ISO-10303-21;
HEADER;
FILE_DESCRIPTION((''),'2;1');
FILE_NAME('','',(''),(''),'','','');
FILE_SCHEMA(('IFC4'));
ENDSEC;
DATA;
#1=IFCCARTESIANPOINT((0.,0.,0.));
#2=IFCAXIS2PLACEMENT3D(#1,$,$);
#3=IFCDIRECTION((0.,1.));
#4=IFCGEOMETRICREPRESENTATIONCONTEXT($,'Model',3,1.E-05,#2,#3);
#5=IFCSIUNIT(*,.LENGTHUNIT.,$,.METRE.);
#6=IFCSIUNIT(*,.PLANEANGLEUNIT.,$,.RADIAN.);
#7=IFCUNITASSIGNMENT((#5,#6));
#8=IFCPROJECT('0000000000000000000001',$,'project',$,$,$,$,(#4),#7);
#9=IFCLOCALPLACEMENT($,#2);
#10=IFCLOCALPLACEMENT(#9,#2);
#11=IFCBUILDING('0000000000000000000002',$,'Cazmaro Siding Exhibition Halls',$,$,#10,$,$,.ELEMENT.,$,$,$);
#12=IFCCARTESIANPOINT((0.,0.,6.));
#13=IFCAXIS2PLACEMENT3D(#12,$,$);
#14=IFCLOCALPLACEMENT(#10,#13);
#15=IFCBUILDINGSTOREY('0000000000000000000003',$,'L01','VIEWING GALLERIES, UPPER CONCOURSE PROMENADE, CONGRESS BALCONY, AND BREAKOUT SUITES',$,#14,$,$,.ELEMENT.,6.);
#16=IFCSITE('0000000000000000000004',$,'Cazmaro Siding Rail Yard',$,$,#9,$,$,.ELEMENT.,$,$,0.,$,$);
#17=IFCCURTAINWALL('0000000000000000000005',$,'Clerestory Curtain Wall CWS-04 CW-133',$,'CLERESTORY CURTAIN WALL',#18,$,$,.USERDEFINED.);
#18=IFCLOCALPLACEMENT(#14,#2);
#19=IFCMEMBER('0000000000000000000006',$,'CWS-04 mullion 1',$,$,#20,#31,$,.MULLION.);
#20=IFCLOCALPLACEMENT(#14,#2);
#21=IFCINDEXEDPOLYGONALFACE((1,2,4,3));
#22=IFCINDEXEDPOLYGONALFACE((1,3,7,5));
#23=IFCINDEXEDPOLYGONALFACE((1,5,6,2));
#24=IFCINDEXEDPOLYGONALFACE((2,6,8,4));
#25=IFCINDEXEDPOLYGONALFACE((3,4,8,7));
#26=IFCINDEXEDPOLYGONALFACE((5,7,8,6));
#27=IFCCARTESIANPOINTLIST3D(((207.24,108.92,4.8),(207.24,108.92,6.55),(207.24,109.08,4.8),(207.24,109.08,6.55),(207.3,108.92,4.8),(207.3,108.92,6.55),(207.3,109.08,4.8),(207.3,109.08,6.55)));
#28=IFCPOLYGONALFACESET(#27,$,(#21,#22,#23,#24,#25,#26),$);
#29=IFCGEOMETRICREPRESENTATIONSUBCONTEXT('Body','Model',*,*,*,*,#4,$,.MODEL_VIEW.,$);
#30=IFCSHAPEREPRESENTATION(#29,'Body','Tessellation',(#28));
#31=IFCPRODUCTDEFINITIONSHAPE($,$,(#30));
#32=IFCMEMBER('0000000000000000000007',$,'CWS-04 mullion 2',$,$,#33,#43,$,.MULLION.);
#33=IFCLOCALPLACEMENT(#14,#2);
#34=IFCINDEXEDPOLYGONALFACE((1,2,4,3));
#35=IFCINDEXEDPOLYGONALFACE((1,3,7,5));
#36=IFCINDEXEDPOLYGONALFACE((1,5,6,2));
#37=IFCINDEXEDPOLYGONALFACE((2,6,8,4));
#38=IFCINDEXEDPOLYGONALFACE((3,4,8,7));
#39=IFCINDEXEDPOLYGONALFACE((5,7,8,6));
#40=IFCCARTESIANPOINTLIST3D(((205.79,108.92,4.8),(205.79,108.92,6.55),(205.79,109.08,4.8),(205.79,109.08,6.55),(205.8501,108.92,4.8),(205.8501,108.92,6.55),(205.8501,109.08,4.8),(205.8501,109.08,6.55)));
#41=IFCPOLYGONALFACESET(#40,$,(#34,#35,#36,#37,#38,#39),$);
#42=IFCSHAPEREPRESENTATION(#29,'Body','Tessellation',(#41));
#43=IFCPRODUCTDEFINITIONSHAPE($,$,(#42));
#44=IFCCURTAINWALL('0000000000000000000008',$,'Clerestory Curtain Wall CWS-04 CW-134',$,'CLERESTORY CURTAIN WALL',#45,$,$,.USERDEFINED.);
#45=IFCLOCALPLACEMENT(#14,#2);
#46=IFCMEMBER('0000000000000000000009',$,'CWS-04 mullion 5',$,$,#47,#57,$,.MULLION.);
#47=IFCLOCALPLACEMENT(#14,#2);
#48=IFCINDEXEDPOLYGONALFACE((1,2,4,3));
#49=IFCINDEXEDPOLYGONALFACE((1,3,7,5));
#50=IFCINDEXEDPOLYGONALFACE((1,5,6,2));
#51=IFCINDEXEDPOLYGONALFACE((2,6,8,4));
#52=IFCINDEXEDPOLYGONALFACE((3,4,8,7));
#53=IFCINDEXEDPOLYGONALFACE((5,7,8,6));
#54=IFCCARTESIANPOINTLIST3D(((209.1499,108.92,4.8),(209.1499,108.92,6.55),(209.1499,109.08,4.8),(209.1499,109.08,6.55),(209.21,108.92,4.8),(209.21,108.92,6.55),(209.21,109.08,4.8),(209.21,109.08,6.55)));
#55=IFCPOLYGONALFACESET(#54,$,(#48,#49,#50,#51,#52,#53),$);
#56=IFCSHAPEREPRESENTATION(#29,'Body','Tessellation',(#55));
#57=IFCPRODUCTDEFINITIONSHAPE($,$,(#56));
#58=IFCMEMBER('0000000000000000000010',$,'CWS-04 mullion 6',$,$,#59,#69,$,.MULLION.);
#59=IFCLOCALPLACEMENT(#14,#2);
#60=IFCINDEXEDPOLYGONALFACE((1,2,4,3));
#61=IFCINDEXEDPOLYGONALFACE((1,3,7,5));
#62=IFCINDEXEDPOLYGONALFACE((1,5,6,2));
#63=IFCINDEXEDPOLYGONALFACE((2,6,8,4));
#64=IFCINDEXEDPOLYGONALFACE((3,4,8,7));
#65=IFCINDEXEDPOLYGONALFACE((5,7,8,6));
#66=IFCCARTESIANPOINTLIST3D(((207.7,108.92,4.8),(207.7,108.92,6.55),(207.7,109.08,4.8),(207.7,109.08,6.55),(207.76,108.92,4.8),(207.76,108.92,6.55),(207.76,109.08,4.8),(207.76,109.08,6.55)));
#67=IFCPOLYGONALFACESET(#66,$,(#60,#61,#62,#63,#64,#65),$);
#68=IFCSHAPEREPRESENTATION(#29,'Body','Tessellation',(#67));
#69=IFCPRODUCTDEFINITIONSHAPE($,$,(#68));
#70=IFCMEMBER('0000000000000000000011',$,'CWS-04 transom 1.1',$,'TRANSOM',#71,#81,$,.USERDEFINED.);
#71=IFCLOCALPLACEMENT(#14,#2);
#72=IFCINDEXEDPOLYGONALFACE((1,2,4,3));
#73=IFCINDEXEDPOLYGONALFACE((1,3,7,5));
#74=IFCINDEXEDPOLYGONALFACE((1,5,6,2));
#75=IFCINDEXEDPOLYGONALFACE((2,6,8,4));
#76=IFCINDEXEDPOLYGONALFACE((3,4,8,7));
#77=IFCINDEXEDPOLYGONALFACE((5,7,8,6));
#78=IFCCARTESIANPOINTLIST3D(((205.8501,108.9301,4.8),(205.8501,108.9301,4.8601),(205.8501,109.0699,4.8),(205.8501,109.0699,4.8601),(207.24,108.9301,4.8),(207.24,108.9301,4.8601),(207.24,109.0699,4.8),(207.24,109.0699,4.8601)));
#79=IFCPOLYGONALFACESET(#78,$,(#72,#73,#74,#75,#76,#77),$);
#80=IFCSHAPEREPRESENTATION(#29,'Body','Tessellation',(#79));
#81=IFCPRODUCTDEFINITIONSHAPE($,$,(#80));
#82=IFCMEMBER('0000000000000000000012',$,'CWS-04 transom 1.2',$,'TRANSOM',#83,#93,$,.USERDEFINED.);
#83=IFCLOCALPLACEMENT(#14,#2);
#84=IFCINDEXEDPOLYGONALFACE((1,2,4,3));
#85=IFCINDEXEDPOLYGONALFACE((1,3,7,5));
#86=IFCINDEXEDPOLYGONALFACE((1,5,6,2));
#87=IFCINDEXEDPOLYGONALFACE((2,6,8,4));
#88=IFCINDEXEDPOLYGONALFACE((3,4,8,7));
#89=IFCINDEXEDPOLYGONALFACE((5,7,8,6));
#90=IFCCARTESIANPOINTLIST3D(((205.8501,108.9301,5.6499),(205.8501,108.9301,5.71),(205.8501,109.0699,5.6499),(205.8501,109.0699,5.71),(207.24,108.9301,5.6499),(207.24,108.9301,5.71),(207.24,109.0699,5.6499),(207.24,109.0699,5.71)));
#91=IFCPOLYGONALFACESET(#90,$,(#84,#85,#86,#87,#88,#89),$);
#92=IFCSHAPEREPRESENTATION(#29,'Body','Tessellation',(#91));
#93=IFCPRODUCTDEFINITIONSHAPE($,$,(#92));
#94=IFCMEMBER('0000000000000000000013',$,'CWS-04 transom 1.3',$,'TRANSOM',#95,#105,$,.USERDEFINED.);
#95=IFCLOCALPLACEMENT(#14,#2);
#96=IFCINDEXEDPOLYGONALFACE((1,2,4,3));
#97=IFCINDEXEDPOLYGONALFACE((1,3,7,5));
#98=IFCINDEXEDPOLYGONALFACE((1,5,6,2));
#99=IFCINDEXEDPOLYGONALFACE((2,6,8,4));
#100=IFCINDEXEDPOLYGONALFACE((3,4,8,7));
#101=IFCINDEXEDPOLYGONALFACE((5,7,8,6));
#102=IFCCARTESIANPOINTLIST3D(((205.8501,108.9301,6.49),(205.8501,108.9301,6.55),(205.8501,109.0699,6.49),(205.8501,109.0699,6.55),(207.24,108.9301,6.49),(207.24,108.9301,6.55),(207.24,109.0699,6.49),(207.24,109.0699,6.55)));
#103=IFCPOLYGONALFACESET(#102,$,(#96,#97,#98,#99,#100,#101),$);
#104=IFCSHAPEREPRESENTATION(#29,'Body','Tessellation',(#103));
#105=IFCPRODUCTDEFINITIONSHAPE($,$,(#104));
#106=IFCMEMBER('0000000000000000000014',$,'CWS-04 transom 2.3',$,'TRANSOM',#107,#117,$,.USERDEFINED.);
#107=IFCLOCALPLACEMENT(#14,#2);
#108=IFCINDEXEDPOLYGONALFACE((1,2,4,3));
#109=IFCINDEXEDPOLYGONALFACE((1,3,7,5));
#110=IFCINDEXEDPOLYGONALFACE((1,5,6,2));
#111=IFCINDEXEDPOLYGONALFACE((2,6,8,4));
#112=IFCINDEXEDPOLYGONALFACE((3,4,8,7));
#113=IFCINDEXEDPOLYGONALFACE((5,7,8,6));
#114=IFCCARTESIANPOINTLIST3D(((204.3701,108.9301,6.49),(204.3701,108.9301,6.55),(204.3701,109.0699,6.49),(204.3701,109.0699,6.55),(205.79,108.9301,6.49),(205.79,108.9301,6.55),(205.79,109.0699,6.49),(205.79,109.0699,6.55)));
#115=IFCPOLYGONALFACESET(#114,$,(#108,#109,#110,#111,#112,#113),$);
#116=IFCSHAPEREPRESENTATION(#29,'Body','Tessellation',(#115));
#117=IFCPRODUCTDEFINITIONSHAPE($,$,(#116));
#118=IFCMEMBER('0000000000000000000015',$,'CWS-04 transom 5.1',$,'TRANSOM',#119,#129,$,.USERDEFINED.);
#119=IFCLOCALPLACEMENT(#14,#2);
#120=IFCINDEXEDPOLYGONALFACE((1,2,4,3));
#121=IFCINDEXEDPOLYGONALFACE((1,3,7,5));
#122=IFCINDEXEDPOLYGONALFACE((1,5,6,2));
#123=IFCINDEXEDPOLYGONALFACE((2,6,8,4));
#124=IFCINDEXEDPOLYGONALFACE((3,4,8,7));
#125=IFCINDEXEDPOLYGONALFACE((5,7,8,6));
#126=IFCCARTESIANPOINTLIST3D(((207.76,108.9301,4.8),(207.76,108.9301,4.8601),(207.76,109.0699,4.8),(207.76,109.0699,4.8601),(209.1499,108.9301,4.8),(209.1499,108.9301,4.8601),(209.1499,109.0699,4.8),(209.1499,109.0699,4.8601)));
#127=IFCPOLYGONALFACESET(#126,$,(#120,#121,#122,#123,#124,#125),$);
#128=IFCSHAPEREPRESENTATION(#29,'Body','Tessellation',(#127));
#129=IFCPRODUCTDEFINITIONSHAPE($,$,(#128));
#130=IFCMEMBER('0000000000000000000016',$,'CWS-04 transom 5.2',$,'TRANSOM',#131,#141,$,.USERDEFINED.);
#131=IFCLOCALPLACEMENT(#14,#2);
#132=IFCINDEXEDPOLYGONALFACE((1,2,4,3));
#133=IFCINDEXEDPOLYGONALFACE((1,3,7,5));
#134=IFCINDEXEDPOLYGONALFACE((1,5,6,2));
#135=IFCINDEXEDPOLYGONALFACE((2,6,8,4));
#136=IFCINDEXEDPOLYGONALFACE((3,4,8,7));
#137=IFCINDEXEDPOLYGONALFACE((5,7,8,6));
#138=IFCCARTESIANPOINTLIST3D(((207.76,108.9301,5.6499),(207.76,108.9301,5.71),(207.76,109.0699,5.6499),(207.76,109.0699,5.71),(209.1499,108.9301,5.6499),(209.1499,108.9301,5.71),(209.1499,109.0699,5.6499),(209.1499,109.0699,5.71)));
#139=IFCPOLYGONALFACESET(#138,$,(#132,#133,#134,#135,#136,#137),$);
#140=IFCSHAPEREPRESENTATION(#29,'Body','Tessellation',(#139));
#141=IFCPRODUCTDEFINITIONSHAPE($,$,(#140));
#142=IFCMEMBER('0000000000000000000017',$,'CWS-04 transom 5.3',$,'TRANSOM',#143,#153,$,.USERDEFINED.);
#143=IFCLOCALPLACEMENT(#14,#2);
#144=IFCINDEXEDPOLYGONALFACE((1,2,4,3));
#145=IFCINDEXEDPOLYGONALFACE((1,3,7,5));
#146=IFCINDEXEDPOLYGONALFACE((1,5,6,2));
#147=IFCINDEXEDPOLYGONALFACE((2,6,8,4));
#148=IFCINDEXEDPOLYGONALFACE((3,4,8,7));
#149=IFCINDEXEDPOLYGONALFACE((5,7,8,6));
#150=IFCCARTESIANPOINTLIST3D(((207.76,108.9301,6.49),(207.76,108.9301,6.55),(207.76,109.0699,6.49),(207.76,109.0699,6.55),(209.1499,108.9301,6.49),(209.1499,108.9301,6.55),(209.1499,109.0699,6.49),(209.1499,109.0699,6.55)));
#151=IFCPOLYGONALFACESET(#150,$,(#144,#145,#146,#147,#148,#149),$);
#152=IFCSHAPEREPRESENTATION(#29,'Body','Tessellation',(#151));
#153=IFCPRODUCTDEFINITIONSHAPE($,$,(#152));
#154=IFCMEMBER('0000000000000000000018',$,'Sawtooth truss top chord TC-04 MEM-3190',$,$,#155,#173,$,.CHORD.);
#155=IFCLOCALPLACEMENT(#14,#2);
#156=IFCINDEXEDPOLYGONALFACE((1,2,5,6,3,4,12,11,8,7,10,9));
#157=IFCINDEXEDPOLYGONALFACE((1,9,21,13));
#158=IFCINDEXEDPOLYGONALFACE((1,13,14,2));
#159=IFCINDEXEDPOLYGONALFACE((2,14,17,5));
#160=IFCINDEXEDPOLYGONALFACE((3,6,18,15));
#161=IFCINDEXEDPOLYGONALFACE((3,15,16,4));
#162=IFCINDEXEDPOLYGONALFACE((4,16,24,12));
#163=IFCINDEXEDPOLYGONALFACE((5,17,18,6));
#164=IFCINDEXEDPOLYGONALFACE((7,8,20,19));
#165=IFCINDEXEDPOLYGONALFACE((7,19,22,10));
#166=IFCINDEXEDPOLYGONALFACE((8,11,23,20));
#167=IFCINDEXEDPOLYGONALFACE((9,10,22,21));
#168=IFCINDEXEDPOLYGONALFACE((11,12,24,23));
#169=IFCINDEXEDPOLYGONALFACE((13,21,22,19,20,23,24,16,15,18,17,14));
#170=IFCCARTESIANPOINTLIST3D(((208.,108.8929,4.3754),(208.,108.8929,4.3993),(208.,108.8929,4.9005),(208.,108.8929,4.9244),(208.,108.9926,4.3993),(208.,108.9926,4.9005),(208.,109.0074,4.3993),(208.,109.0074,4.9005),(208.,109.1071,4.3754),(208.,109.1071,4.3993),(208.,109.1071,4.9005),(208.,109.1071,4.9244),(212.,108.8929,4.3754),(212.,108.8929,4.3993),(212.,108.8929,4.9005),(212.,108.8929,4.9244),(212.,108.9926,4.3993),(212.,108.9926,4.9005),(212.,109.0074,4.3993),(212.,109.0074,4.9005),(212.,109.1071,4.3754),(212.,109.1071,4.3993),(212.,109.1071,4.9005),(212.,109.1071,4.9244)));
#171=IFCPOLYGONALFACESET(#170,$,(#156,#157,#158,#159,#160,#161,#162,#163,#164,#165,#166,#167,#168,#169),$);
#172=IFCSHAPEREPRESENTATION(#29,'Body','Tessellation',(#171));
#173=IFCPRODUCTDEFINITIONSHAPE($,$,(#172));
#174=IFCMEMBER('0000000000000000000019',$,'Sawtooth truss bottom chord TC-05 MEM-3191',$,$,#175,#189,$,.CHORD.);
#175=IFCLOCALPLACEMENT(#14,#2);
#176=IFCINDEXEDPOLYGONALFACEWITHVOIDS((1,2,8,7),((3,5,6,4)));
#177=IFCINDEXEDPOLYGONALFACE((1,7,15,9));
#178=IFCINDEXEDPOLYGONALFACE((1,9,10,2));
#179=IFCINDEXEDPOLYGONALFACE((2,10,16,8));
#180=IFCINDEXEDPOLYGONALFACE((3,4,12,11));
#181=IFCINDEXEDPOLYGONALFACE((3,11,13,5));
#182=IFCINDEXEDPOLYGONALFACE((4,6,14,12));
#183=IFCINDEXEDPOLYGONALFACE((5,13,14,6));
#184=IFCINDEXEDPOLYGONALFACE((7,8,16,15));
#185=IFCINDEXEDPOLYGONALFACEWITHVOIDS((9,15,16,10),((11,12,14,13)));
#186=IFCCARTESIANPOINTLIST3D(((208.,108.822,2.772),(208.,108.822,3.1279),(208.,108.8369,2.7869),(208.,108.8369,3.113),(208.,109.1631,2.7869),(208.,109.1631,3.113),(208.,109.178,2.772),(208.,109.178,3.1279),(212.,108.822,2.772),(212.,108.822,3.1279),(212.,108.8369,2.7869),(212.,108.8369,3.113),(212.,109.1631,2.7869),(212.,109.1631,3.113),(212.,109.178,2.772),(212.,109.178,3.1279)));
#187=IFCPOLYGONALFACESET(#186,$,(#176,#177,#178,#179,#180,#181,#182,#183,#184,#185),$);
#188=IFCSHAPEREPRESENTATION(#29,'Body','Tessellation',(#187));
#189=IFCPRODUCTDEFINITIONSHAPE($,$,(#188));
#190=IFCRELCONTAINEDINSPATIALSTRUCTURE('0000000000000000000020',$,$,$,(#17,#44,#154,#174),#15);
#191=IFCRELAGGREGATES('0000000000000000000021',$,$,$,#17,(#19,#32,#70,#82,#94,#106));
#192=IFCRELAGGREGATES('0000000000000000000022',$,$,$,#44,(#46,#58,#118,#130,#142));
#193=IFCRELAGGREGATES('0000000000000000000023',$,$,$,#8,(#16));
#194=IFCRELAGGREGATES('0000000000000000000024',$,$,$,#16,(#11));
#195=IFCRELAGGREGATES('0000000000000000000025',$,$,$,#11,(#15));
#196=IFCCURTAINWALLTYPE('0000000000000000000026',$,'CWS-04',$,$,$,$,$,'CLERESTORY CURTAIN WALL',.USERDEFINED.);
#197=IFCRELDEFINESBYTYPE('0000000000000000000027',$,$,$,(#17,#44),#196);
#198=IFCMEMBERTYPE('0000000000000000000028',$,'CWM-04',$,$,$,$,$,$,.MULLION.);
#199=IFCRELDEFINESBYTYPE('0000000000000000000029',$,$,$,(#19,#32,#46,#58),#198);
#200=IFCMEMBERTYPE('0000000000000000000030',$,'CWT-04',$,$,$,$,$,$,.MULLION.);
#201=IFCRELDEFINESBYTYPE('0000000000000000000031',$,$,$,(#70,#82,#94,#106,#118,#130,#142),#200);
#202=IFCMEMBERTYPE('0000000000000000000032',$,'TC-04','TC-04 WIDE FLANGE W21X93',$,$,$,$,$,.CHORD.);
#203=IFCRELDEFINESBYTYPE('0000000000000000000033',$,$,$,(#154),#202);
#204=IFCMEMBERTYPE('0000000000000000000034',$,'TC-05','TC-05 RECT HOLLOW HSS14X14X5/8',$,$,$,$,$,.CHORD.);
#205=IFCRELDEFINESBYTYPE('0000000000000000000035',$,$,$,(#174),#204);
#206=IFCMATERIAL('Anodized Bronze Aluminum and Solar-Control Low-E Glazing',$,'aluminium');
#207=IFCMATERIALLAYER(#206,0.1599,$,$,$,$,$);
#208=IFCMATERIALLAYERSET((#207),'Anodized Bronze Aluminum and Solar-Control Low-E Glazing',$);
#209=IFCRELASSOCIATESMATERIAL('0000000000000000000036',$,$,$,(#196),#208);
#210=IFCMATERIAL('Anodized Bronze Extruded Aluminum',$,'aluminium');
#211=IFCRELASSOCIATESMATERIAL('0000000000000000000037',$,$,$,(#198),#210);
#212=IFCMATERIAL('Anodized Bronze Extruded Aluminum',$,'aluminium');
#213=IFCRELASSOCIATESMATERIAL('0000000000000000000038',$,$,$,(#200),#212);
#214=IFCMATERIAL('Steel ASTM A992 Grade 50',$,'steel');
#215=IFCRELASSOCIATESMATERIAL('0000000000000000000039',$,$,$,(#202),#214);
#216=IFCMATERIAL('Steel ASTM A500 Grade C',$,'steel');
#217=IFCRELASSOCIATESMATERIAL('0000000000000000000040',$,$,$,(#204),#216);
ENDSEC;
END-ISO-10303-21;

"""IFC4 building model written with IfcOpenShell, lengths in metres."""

from ifc_helpers import new_model, si_unit, direction, frame, origin, origin_2d, place, context, subcontext, project, spatial, rectangle, hollow_rectangle, i_section, extrude, material, layer, layer_set, material_profile, profile_set, type_object, element, aggregate, save


model = new_model("IFC4")

# Units and contexts
model_context = context("Model", 3, precision=1e-05, world=origin(), true_north=direction((0.0, 1.0)))
body_context = subcontext(model_context, "Body", "Model", "MODEL_VIEW")
ifc_project = project(units=[si_unit("LENGTHUNIT", "METRE"), si_unit("PLANEANGLEUNIT", "RADIAN")], contexts=[model_context])

# Site, building, storey
site_placement = place(None, origin())
site = spatial("IfcSite", under=ifc_project, at=site_placement, Name="Cazmaro Siding Rail Yard", CompositionType="ELEMENT", RefElevation=0.0)
building_placement = place(site_placement, origin())
building = spatial("IfcBuilding", under=site, at=building_placement, Name="Cazmaro Siding Exhibition Halls", CompositionType="ELEMENT")
storey_placement = place(building_placement, frame((0.0, 0.0, 6.0)))
storey = spatial("IfcBuildingStorey", under=building, at=storey_placement, Name="L01", Description="VIEWING GALLERIES, UPPER CONCOURSE PROMENADE, CONGRESS BALCONY, AND BREAKOUT SUITES", CompositionType="ELEMENT", Elevation=6.0)

# Curtain walls, members
ifc_material_1 = material(Name="Anodized Bronze Aluminum and Solar-Control Low-E Glazing", Category="aluminium")
ifc_layer_1 = layer(ifc_material_1, 0.1599)
ifc_layer_set_1 = layer_set([ifc_layer_1], Name="Anodized Bronze Aluminum and Solar-Control Low-E Glazing")
curtain_wall_type = type_object("IfcCurtainWallType", Name="CWS-04", ElementType="CLERESTORY CURTAIN WALL", PredefinedType="USERDEFINED", material=ifc_layer_set_1)
curtain_wall_1_placement = place(storey_placement, origin())
curtain_wall_1 = element("IfcCurtainWall", 1, at=curtain_wall_1_placement, inside=storey, type_object=curtain_wall_type, Name="Clerestory Curtain Wall CWS-04 CW-133", ObjectType="CLERESTORY CURTAIN WALL", PredefinedType="USERDEFINED")
ifc_material_2 = material(Name="Anodized Bronze Extruded Aluminum", Category="aluminium")
ifc_material_profile_1 = material_profile(ifc_material_2, rectangle(XDim=0.1599, YDim=0.0601, at=origin_2d()), Name="CWM-04")
ifc_profile_set_1 = profile_set([ifc_material_profile_1], Name="Anodized Bronze Extruded Aluminum")
member_type_1 = type_object("IfcMemberType", Name="CWM-04", PredefinedType="MULLION", material=ifc_profile_set_1)
member_1_placement = place(storey_placement, frame((207.27, 109.0, 4.8), z_axis=(0.0, 0.0, 1.0), x_axis=(0.0, -1.0, 0.0)))
member_1 = element("IfcMember", 2, at=member_1_placement, type_object=member_type_1, Name="CWS-04 mullion 1", PredefinedType="MULLION", context=body_context, shape_type="SweptSolid", body=[
    extrude(rectangle(XDim=0.1599, YDim=0.0601, at=origin_2d()), origin(), (0.0, 0.0, 1.0), 1.75),
])
member_2_placement = place(storey_placement, frame((205.8201, 109.0, 4.8), z_axis=(0.0, 0.0, 1.0), x_axis=(0.0, -1.0, 0.0)))
member_2 = element("IfcMember", 3, at=member_2_placement, type_object=member_type_1, Name="CWS-04 mullion 2", PredefinedType="MULLION", context=body_context, shape_type="SweptSolid", body=[
    extrude(rectangle(XDim=0.1599, YDim=0.0601, at=origin_2d()), origin(), (0.0, 0.0, 1.0), 1.75),
])
curtain_wall_2_placement = place(storey_placement, origin())
curtain_wall_2 = element("IfcCurtainWall", 4, at=curtain_wall_2_placement, inside=storey, type_object=curtain_wall_type, Name="Clerestory Curtain Wall CWS-04 CW-134", ObjectType="CLERESTORY CURTAIN WALL", PredefinedType="USERDEFINED")
member_3_placement = place(storey_placement, frame((209.1799, 109.0, 4.8), z_axis=(0.0, 0.0, 1.0), x_axis=(0.0, -1.0, 0.0)))
member_3 = element("IfcMember", 5, at=member_3_placement, type_object=member_type_1, Name="CWS-04 mullion 5", PredefinedType="MULLION", context=body_context, shape_type="SweptSolid", body=[
    extrude(rectangle(XDim=0.1599, YDim=0.0601, at=origin_2d()), origin(), (0.0, 0.0, 1.0), 1.75),
])
member_4_placement = place(storey_placement, frame((207.73, 109.0, 4.8), z_axis=(0.0, 0.0, 1.0), x_axis=(0.0, -1.0, 0.0)))
member_4 = element("IfcMember", 6, at=member_4_placement, type_object=member_type_1, Name="CWS-04 mullion 6", PredefinedType="MULLION", context=body_context, shape_type="SweptSolid", body=[
    extrude(rectangle(XDim=0.1599, YDim=0.0601, at=origin_2d()), origin(), (0.0, 0.0, 1.0), 1.75),
])

# Members
ifc_material_3 = material(Name="Anodized Bronze Extruded Aluminum", Category="aluminium")
ifc_material_profile_2 = material_profile(ifc_material_3, rectangle(XDim=0.1399, YDim=0.0601, at=origin_2d()), Name="CWT-04")
ifc_profile_set_2 = profile_set([ifc_material_profile_2], Name="Anodized Bronze Extruded Aluminum")
member_type_2 = type_object("IfcMemberType", Name="CWT-04", PredefinedType="MULLION", material=ifc_profile_set_2)
member_5_placement = place(storey_placement, frame((207.24, 109.0, 4.8301), z_axis=(-1.0, 0.0, 0.0), x_axis=(0.0, -1.0, 0.0)))
member_5 = element("IfcMember", 7, at=member_5_placement, type_object=member_type_2, Name="CWS-04 transom 1.1", ObjectType="TRANSOM", PredefinedType="USERDEFINED", context=body_context, shape_type="SweptSolid", body=[
    extrude(rectangle(XDim=0.1399, YDim=0.0601, at=origin_2d()), origin(), (0.0, 0.0, 1.0), 1.3899),
])
member_6_placement = place(storey_placement, frame((207.24, 109.0, 5.6799), z_axis=(-1.0, 0.0, 0.0), x_axis=(0.0, -1.0, 0.0)))
member_6 = element("IfcMember", 8, at=member_6_placement, type_object=member_type_2, Name="CWS-04 transom 1.2", ObjectType="TRANSOM", PredefinedType="USERDEFINED", context=body_context, shape_type="SweptSolid", body=[
    extrude(rectangle(XDim=0.1399, YDim=0.0601, at=origin_2d()), origin(), (0.0, 0.0, 1.0), 1.3899),
])
member_7_placement = place(storey_placement, frame((207.24, 109.0, 6.52), z_axis=(-1.0, 0.0, 0.0), x_axis=(0.0, -1.0, 0.0)))
member_7 = element("IfcMember", 9, at=member_7_placement, type_object=member_type_2, Name="CWS-04 transom 1.3", ObjectType="TRANSOM", PredefinedType="USERDEFINED", context=body_context, shape_type="SweptSolid", body=[
    extrude(rectangle(XDim=0.1399, YDim=0.0601, at=origin_2d()), origin(), (0.0, 0.0, 1.0), 1.3899),
])
member_8_placement = place(storey_placement, frame((205.79, 109.0, 6.52), z_axis=(-1.0, 0.0, 0.0), x_axis=(0.0, -1.0, 0.0)))
member_8 = element("IfcMember", 10, at=member_8_placement, type_object=member_type_2, Name="CWS-04 transom 2.3", ObjectType="TRANSOM", PredefinedType="USERDEFINED", context=body_context, shape_type="SweptSolid", body=[
    extrude(rectangle(XDim=0.1399, YDim=0.0601, at=origin_2d()), origin(), (0.0, 0.0, 1.0), 1.4199),
])
member_9_placement = place(storey_placement, frame((209.1499, 109.0, 4.8301), z_axis=(-1.0, 0.0, 0.0), x_axis=(0.0, -1.0, 0.0)))
member_9 = element("IfcMember", 11, at=member_9_placement, type_object=member_type_2, Name="CWS-04 transom 5.1", ObjectType="TRANSOM", PredefinedType="USERDEFINED", context=body_context, shape_type="SweptSolid", body=[
    extrude(rectangle(XDim=0.1399, YDim=0.0601, at=origin_2d()), origin(), (0.0, 0.0, 1.0), 1.3899),
])
member_10_placement = place(storey_placement, frame((209.1499, 109.0, 5.6799), z_axis=(-1.0, 0.0, 0.0), x_axis=(0.0, -1.0, 0.0)))
member_10 = element("IfcMember", 12, at=member_10_placement, type_object=member_type_2, Name="CWS-04 transom 5.2", ObjectType="TRANSOM", PredefinedType="USERDEFINED", context=body_context, shape_type="SweptSolid", body=[
    extrude(rectangle(XDim=0.1399, YDim=0.0601, at=origin_2d()), origin(), (0.0, 0.0, 1.0), 1.3899),
])
member_11_placement = place(storey_placement, frame((209.1499, 109.0, 6.52), z_axis=(-1.0, 0.0, 0.0), x_axis=(0.0, -1.0, 0.0)))
member_11 = element("IfcMember", 13, at=member_11_placement, type_object=member_type_2, Name="CWS-04 transom 5.3", ObjectType="TRANSOM", PredefinedType="USERDEFINED", context=body_context, shape_type="SweptSolid", body=[
    extrude(rectangle(XDim=0.1399, YDim=0.0601, at=origin_2d()), origin(), (0.0, 0.0, 1.0), 1.3899),
])

# Members
ifc_material_4 = material(Name="Steel ASTM A992 Grade 50", Category="steel")
ifc_material_profile_3 = material_profile(ifc_material_4, i_section(OverallWidth=0.2141, OverallDepth=0.5491, WebThickness=0.0149, FlangeThickness=0.0239, at=origin_2d()), Name="W21X93")
ifc_profile_set_3 = profile_set([ifc_material_profile_3], Name="Steel ASTM A992 Grade 50")
member_type_3 = type_object("IfcMemberType", Name="TC-04", Description="TC-04 WIDE FLANGE W21X93", PredefinedType="CHORD", material=ifc_profile_set_3)
member_12_placement = place(storey_placement, frame((208.0, 109.0, 4.6499), z_axis=(1.0, 0.0, 0.0), x_axis=(0.0, 1.0, 0.0)))
element("IfcMember", 14, at=member_12_placement, inside=storey, type_object=member_type_3, Name="Sawtooth truss top chord TC-04 MEM-3190", PredefinedType="CHORD", context=body_context, shape_type="SweptSolid", body=[
    extrude(i_section(OverallWidth=0.2141, OverallDepth=0.5491, WebThickness=0.0149, FlangeThickness=0.0239, at=origin_2d()), origin(), (0.0, 0.0, 1.0), 4.0),
])
ifc_material_5 = material(Name="Steel ASTM A500 Grade C", Category="steel")
ifc_material_profile_4 = material_profile(ifc_material_5, hollow_rectangle(XDim=0.356, YDim=0.356, WallThickness=0.0149, at=origin_2d()), Name="HSS14X14X5/8")
ifc_profile_set_4 = profile_set([ifc_material_profile_4], Name="Steel ASTM A500 Grade C")
member_type_4 = type_object("IfcMemberType", Name="TC-05", Description="TC-05 RECT HOLLOW HSS14X14X5/8", PredefinedType="CHORD", material=ifc_profile_set_4)
member_13_placement = place(storey_placement, frame((208.0, 109.0, 2.95), z_axis=(1.0, 0.0, 0.0), x_axis=(0.0, 1.0, 0.0)))
element("IfcMember", 15, at=member_13_placement, inside=storey, type_object=member_type_4, Name="Sawtooth truss bottom chord TC-05 MEM-3191", PredefinedType="CHORD", context=body_context, shape_type="SweptSolid", body=[
    extrude(hollow_rectangle(XDim=0.356, YDim=0.356, WallThickness=0.0149, at=origin_2d()), origin(), (0.0, 0.0, 1.0), 4.0),
])

aggregate(curtain_wall_1, [member_1, member_2, member_5, member_6, member_7, member_8])
aggregate(curtain_wall_2, [member_3, member_4, member_9, member_10, member_11])

save(model, "model.ifc")
